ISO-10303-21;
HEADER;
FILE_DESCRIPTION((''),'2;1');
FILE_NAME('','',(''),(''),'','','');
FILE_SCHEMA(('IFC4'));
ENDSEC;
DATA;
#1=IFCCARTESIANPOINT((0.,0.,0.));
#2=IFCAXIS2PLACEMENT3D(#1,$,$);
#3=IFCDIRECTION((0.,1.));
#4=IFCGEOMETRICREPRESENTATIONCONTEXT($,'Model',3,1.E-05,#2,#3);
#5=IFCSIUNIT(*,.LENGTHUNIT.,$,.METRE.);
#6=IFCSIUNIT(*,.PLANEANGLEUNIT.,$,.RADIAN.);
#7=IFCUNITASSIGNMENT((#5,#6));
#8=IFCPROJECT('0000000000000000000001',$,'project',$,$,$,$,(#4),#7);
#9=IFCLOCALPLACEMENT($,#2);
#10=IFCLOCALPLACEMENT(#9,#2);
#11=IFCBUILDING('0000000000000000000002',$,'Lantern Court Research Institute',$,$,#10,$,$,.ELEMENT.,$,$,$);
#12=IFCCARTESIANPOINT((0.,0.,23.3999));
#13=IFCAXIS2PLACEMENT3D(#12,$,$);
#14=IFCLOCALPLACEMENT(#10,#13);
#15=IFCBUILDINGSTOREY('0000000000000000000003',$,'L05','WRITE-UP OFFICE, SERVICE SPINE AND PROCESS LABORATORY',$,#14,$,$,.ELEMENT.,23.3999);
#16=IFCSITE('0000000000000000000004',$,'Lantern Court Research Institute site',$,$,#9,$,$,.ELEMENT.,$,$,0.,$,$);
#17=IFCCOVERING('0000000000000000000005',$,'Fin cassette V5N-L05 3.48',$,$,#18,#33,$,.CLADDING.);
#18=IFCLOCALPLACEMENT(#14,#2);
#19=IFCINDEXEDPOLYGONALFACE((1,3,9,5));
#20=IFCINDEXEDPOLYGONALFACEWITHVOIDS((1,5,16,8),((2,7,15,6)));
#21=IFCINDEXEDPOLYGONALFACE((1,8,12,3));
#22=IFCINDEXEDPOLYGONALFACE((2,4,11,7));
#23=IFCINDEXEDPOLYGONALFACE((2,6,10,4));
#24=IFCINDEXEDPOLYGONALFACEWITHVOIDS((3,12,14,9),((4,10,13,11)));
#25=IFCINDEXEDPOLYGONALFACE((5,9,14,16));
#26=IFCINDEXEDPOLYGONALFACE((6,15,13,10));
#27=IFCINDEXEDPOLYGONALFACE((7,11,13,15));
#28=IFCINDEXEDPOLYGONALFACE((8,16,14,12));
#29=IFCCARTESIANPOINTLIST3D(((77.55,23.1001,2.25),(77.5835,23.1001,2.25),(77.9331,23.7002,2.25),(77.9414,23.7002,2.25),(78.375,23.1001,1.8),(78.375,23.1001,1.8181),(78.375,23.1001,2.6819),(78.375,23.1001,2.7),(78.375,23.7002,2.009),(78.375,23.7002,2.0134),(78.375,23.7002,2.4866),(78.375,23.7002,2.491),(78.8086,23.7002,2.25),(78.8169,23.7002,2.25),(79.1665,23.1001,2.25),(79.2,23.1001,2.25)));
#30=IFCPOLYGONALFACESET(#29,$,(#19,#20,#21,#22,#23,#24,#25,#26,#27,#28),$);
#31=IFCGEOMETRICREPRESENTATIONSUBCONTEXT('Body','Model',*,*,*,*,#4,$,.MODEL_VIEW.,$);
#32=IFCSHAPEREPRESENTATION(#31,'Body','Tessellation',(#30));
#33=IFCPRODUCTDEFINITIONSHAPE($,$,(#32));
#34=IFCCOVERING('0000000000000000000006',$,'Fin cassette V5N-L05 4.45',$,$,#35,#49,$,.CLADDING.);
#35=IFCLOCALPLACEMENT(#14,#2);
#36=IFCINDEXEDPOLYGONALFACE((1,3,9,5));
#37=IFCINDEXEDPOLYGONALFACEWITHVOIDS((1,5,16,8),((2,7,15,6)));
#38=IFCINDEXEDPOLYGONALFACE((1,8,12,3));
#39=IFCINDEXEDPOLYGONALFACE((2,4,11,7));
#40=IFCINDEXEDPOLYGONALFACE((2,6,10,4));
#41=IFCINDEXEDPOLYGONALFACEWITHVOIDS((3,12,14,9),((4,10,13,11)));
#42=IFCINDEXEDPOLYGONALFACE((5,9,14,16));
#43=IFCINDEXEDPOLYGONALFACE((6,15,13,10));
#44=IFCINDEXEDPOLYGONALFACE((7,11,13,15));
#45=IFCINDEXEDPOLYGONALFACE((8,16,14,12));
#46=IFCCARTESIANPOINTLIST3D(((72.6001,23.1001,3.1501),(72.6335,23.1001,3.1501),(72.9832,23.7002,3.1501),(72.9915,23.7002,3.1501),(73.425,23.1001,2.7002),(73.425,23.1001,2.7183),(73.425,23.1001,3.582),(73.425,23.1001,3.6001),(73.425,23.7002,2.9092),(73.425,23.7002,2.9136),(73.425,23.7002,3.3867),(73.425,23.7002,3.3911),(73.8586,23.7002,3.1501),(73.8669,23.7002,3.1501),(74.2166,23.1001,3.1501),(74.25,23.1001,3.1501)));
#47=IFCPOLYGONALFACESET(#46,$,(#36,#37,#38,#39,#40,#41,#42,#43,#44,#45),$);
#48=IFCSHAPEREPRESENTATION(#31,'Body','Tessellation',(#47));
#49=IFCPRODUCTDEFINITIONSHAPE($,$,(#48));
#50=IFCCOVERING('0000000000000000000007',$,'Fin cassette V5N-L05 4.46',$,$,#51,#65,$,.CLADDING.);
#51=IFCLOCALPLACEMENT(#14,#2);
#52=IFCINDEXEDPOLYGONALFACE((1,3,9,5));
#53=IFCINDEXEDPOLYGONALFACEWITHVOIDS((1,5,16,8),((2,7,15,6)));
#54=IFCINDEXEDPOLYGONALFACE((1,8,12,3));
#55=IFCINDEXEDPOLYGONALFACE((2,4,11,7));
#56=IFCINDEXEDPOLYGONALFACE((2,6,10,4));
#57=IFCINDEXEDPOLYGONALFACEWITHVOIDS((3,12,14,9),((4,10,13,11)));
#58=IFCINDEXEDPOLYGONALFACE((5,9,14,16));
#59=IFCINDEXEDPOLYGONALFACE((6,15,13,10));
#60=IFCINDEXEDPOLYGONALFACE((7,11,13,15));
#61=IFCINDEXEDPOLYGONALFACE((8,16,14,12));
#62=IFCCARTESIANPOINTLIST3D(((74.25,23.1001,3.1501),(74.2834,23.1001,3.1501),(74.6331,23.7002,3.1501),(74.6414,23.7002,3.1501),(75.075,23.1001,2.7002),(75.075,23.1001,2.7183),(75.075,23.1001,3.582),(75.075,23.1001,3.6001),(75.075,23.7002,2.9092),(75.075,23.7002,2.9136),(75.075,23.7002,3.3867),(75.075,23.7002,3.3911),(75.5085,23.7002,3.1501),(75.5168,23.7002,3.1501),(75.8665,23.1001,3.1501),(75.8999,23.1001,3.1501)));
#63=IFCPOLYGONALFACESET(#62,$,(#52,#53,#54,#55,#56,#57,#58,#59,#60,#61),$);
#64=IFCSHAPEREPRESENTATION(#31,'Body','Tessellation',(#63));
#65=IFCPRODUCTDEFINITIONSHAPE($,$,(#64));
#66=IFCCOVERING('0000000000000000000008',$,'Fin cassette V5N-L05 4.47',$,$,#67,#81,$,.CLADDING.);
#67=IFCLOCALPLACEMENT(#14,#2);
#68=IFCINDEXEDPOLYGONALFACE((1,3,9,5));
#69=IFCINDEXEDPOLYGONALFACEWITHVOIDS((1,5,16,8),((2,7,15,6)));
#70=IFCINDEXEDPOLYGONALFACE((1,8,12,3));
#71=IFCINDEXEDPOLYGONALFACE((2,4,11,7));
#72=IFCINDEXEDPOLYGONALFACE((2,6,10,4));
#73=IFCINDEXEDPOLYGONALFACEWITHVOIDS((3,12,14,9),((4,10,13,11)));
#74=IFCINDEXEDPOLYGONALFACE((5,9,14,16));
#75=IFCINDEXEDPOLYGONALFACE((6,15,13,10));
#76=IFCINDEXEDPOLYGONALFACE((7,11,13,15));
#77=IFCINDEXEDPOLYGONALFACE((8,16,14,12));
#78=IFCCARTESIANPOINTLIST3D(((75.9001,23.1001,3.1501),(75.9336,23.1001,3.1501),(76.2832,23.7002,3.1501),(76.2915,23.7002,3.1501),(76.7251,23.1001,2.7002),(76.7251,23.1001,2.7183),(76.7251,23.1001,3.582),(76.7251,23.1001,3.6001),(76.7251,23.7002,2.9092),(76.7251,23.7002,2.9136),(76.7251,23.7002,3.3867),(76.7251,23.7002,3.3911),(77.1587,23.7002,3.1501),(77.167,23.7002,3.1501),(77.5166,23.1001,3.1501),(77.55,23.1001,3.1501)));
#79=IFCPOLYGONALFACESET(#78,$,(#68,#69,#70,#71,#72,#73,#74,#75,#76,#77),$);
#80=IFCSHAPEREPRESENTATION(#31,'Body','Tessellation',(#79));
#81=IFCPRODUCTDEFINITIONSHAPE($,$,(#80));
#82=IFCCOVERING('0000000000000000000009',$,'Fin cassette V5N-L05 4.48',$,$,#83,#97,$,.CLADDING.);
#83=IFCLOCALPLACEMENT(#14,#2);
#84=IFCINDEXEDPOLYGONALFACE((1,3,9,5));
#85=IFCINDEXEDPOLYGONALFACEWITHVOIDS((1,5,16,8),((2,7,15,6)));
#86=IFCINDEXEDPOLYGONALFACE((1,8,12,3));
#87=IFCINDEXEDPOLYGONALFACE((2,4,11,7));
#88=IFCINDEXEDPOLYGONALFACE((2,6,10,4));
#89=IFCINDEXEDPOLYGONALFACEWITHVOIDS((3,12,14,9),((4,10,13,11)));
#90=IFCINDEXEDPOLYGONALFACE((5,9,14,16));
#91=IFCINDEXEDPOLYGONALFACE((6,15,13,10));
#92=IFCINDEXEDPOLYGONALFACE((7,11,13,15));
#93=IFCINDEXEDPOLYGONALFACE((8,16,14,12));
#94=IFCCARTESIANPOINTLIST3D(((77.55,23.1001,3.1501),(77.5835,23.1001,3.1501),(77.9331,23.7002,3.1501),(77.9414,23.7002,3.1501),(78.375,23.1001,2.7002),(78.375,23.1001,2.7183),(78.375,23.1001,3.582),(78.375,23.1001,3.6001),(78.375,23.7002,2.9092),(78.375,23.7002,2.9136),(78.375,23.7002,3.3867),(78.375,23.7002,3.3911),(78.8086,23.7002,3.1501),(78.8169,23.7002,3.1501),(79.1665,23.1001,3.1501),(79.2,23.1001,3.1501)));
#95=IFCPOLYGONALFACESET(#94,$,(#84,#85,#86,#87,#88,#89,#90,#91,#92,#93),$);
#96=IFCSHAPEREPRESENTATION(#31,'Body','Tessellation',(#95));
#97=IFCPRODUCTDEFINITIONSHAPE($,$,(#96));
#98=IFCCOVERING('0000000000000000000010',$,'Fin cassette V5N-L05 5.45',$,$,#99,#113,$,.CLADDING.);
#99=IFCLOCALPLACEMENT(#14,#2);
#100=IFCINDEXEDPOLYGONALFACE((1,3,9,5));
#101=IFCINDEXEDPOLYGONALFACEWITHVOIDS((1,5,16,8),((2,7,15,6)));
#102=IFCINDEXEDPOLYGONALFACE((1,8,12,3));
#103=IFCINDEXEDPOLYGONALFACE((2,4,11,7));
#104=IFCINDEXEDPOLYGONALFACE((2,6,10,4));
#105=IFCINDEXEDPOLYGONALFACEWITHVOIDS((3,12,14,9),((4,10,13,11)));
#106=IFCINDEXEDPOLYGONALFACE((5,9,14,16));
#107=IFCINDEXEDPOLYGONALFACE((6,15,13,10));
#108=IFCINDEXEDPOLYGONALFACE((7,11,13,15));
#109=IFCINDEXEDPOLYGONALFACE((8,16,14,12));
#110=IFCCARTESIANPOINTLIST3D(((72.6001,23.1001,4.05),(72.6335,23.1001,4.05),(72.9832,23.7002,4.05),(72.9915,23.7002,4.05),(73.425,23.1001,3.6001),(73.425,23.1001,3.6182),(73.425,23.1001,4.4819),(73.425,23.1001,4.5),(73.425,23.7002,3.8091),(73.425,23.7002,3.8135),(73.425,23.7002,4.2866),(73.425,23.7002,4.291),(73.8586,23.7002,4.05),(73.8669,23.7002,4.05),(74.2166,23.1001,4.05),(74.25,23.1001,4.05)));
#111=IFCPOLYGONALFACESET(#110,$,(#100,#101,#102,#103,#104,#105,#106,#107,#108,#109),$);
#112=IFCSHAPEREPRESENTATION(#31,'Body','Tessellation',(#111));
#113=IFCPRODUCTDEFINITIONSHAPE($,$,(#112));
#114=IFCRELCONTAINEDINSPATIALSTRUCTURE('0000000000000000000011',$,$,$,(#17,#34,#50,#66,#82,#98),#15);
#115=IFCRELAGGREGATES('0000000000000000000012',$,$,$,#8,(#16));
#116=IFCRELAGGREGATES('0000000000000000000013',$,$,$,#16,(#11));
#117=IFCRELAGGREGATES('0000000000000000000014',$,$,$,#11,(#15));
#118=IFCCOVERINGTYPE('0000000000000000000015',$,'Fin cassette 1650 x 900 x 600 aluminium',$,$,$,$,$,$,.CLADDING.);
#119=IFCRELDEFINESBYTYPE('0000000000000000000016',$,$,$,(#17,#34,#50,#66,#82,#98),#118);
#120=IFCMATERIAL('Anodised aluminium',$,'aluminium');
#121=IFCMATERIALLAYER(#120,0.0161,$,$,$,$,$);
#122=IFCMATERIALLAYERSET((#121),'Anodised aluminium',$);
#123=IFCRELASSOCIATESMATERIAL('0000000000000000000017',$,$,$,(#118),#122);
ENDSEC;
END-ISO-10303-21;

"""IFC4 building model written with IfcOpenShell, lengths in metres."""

from ifc_helpers import new_model, entity, si_unit, direction, frame, origin, place, context, subcontext, project, spatial, material, layer, layer_set, type_object, element, save


model = new_model("IFC4")

# Units and contexts
model_context = context("Model", 3, precision=1e-05, world=origin(), true_north=direction((0.0, 1.0)))
body_context = subcontext(model_context, "Body", "Model", "MODEL_VIEW")
ifc_project = project(units=[si_unit("LENGTHUNIT", "METRE"), si_unit("PLANEANGLEUNIT", "RADIAN")], contexts=[model_context])

# Site, building, storey
site_placement = place(None, origin())
site = spatial("IfcSite", under=ifc_project, at=site_placement, Name="Lantern Court Research Institute site", CompositionType="ELEMENT", RefElevation=0.0)
building_placement = place(site_placement, origin())
building = spatial("IfcBuilding", under=site, at=building_placement, Name="Lantern Court Research Institute", CompositionType="ELEMENT")
storey_placement = place(building_placement, frame((0.0, 0.0, 23.3999)))
storey = spatial("IfcBuildingStorey", under=building, at=storey_placement, Name="L05", Description="WRITE-UP OFFICE, SERVICE SPINE AND PROCESS LABORATORY", CompositionType="ELEMENT", Elevation=23.3999)

# Coverings
ifc_material = material(Name="Anodised aluminium", Category="aluminium")
ifc_layer = layer(ifc_material, 0.0161)
ifc_layer_set = layer_set([ifc_layer], Name="Anodised aluminium")
covering_type = type_object("IfcCoveringType", Name="Fin cassette 1650 x 900 x 600 aluminium", PredefinedType="CLADDING", material=ifc_layer_set)
covering_1_placement = place(storey_placement, frame((78.375, 23.1001, 2.25), z_axis=(0.0, 1.0, 0.0), x_axis=(-1.0, 0.0, 0.0)))
cartesian_point_1 = entity("IfcCartesianPoint", [0.825, 0.0])
cartesian_point_2 = entity("IfcCartesianPoint", [0.7915, 0.0])
cartesian_point_3 = entity("IfcCartesianPoint", [0.4419, 0.0])
cartesian_point_4 = entity("IfcCartesianPoint", [0.4336, 0.0])
element("IfcCovering", 1, at=covering_1_placement, inside=storey, type_object=covering_type, Name="Fin cassette V5N-L05 3.48", PredefinedType="CLADDING", context=body_context, shape_type="SweptSolid", body=[
    entity("IfcExtrudedAreaSolidTapered", entity("IfcArbitraryProfileDefWithVoids", "AREA", None, entity("IfcPolyline", [cartesian_point_1, entity("IfcCartesianPoint", [0.0, 0.45]), entity("IfcCartesianPoint", [-0.825, 0.0]), entity("IfcCartesianPoint", [0.0, -0.45]), cartesian_point_1]), [entity("IfcPolyline", [cartesian_point_2, entity("IfcCartesianPoint", [0.0, 0.4319]), entity("IfcCartesianPoint", [-0.7915, 0.0]), entity("IfcCartesianPoint", [0.0, -0.4319]), cartesian_point_2])]), entity("IfcAxis2Placement3D", entity("IfcCartesianPoint", [0.0, 0.0, 0.0])), entity("IfcDirection", [0.0, 0.0, 1.0]), 0.6001, entity("IfcArbitraryProfileDefWithVoids", "AREA", None, entity("IfcPolyline", [cartesian_point_3, entity("IfcCartesianPoint", [0.0, 0.241]), entity("IfcCartesianPoint", [-0.4419, 0.0]), entity("IfcCartesianPoint", [0.0, -0.241]), cartesian_point_3]), [entity("IfcPolyline", [cartesian_point_4, entity("IfcCartesianPoint", [0.0, 0.2366]), entity("IfcCartesianPoint", [-0.4336, 0.0]), entity("IfcCartesianPoint", [0.0, -0.2366]), cartesian_point_4])])),
])
covering_2_placement = place(storey_placement, frame((73.425, 23.1001, 3.1501), z_axis=(0.0, 1.0, 0.0), x_axis=(-1.0, 0.0, 0.0)))
cartesian_point_5 = entity("IfcCartesianPoint", [0.825, 0.0])
cartesian_point_6 = entity("IfcCartesianPoint", [0.7915, 0.0])
cartesian_point_7 = entity("IfcCartesianPoint", [0.4419, 0.0])
cartesian_point_8 = entity("IfcCartesianPoint", [0.4336, 0.0])
element("IfcCovering", 2, at=covering_2_placement, inside=storey, type_object=covering_type, Name="Fin cassette V5N-L05 4.45", PredefinedType="CLADDING", context=body_context, shape_type="SweptSolid", body=[
    entity("IfcExtrudedAreaSolidTapered", entity("IfcArbitraryProfileDefWithVoids", "AREA", None, entity("IfcPolyline", [cartesian_point_5, entity("IfcCartesianPoint", [0.0, 0.45]), entity("IfcCartesianPoint", [-0.825, 0.0]), entity("IfcCartesianPoint", [0.0, -0.45]), cartesian_point_5]), [entity("IfcPolyline", [cartesian_point_6, entity("IfcCartesianPoint", [0.0, 0.4319]), entity("IfcCartesianPoint", [-0.7915, 0.0]), entity("IfcCartesianPoint", [0.0, -0.4319]), cartesian_point_6])]), entity("IfcAxis2Placement3D", entity("IfcCartesianPoint", [0.0, 0.0, 0.0])), entity("IfcDirection", [0.0, 0.0, 1.0]), 0.6001, entity("IfcArbitraryProfileDefWithVoids", "AREA", None, entity("IfcPolyline", [cartesian_point_7, entity("IfcCartesianPoint", [0.0, 0.241]), entity("IfcCartesianPoint", [-0.4419, 0.0]), entity("IfcCartesianPoint", [0.0, -0.241]), cartesian_point_7]), [entity("IfcPolyline", [cartesian_point_8, entity("IfcCartesianPoint", [0.0, 0.2366]), entity("IfcCartesianPoint", [-0.4336, 0.0]), entity("IfcCartesianPoint", [0.0, -0.2366]), cartesian_point_8])])),
])
covering_3_placement = place(storey_placement, frame((75.075, 23.1001, 3.1501), z_axis=(0.0, 1.0, 0.0), x_axis=(-1.0, 0.0, 0.0)))
cartesian_point_9 = entity("IfcCartesianPoint", [0.825, 0.0])
cartesian_point_10 = entity("IfcCartesianPoint", [0.7915, 0.0])
cartesian_point_11 = entity("IfcCartesianPoint", [0.4419, 0.0])
cartesian_point_12 = entity("IfcCartesianPoint", [0.4336, 0.0])
element("IfcCovering", 3, at=covering_3_placement, inside=storey, type_object=covering_type, Name="Fin cassette V5N-L05 4.46", PredefinedType="CLADDING", context=body_context, shape_type="SweptSolid", body=[
    entity("IfcExtrudedAreaSolidTapered", entity("IfcArbitraryProfileDefWithVoids", "AREA", None, entity("IfcPolyline", [cartesian_point_9, entity("IfcCartesianPoint", [0.0, 0.45]), entity("IfcCartesianPoint", [-0.825, 0.0]), entity("IfcCartesianPoint", [0.0, -0.45]), cartesian_point_9]), [entity("IfcPolyline", [cartesian_point_10, entity("IfcCartesianPoint", [0.0, 0.4319]), entity("IfcCartesianPoint", [-0.7915, 0.0]), entity("IfcCartesianPoint", [0.0, -0.4319]), cartesian_point_10])]), entity("IfcAxis2Placement3D", entity("IfcCartesianPoint", [0.0, 0.0, 0.0])), entity("IfcDirection", [0.0, 0.0, 1.0]), 0.6001, entity("IfcArbitraryProfileDefWithVoids", "AREA", None, entity("IfcPolyline", [cartesian_point_11, entity("IfcCartesianPoint", [0.0, 0.241]), entity("IfcCartesianPoint", [-0.4419, 0.0]), entity("IfcCartesianPoint", [0.0, -0.241]), cartesian_point_11]), [entity("IfcPolyline", [cartesian_point_12, entity("IfcCartesianPoint", [0.0, 0.2366]), entity("IfcCartesianPoint", [-0.4336, 0.0]), entity("IfcCartesianPoint", [0.0, -0.2366]), cartesian_point_12])])),
])
covering_4_placement = place(storey_placement, frame((76.7251, 23.1001, 3.1501), z_axis=(0.0, 1.0, 0.0), x_axis=(-1.0, 0.0, 0.0)))
cartesian_point_13 = entity("IfcCartesianPoint", [0.825, 0.0])
cartesian_point_14 = entity("IfcCartesianPoint", [0.7915, 0.0])
cartesian_point_15 = entity("IfcCartesianPoint", [0.4419, 0.0])
cartesian_point_16 = entity("IfcCartesianPoint", [0.4336, 0.0])
element("IfcCovering", 4, at=covering_4_placement, inside=storey, type_object=covering_type, Name="Fin cassette V5N-L05 4.47", PredefinedType="CLADDING", context=body_context, shape_type="SweptSolid", body=[
    entity("IfcExtrudedAreaSolidTapered", entity("IfcArbitraryProfileDefWithVoids", "AREA", None, entity("IfcPolyline", [cartesian_point_13, entity("IfcCartesianPoint", [0.0, 0.45]), entity("IfcCartesianPoint", [-0.825, 0.0]), entity("IfcCartesianPoint", [0.0, -0.45]), cartesian_point_13]), [entity("IfcPolyline", [cartesian_point_14, entity("IfcCartesianPoint", [0.0, 0.4319]), entity("IfcCartesianPoint", [-0.7915, 0.0]), entity("IfcCartesianPoint", [0.0, -0.4319]), cartesian_point_14])]), entity("IfcAxis2Placement3D", entity("IfcCartesianPoint", [0.0, 0.0, 0.0])), entity("IfcDirection", [0.0, 0.0, 1.0]), 0.6001, entity("IfcArbitraryProfileDefWithVoids", "AREA", None, entity("IfcPolyline", [cartesian_point_15, entity("IfcCartesianPoint", [0.0, 0.241]), entity("IfcCartesianPoint", [-0.4419, 0.0]), entity("IfcCartesianPoint", [0.0, -0.241]), cartesian_point_15]), [entity("IfcPolyline", [cartesian_point_16, entity("IfcCartesianPoint", [0.0, 0.2366]), entity("IfcCartesianPoint", [-0.4336, 0.0]), entity("IfcCartesianPoint", [0.0, -0.2366]), cartesian_point_16])])),
])
covering_5_placement = place(storey_placement, frame((78.375, 23.1001, 3.1501), z_axis=(0.0, 1.0, 0.0), x_axis=(-1.0, 0.0, 0.0)))
cartesian_point_17 = entity("IfcCartesianPoint", [0.825, 0.0])
cartesian_point_18 = entity("IfcCartesianPoint", [0.7915, 0.0])
cartesian_point_19 = entity("IfcCartesianPoint", [0.4419, 0.0])
cartesian_point_20 = entity("IfcCartesianPoint", [0.4336, 0.0])
element("IfcCovering", 5, at=covering_5_placement, inside=storey, type_object=covering_type, Name="Fin cassette V5N-L05 4.48", PredefinedType="CLADDING", context=body_context, shape_type="SweptSolid", body=[
    entity("IfcExtrudedAreaSolidTapered", entity("IfcArbitraryProfileDefWithVoids", "AREA", None, entity("IfcPolyline", [cartesian_point_17, entity("IfcCartesianPoint", [0.0, 0.45]), entity("IfcCartesianPoint", [-0.825, 0.0]), entity("IfcCartesianPoint", [0.0, -0.45]), cartesian_point_17]), [entity("IfcPolyline", [cartesian_point_18, entity("IfcCartesianPoint", [0.0, 0.4319]), entity("IfcCartesianPoint", [-0.7915, 0.0]), entity("IfcCartesianPoint", [0.0, -0.4319]), cartesian_point_18])]), entity("IfcAxis2Placement3D", entity("IfcCartesianPoint", [0.0, 0.0, 0.0])), entity("IfcDirection", [0.0, 0.0, 1.0]), 0.6001, entity("IfcArbitraryProfileDefWithVoids", "AREA", None, entity("IfcPolyline", [cartesian_point_19, entity("IfcCartesianPoint", [0.0, 0.241]), entity("IfcCartesianPoint", [-0.4419, 0.0]), entity("IfcCartesianPoint", [0.0, -0.241]), cartesian_point_19]), [entity("IfcPolyline", [cartesian_point_20, entity("IfcCartesianPoint", [0.0, 0.2366]), entity("IfcCartesianPoint", [-0.4336, 0.0]), entity("IfcCartesianPoint", [0.0, -0.2366]), cartesian_point_20])])),
])
covering_6_placement = place(storey_placement, frame((73.425, 23.1001, 4.05), z_axis=(0.0, 1.0, 0.0), x_axis=(-1.0, 0.0, 0.0)))
cartesian_point_21 = entity("IfcCartesianPoint", [0.825, 0.0])
cartesian_point_22 = entity("IfcCartesianPoint", [0.7915, 0.0])
cartesian_point_23 = entity("IfcCartesianPoint", [0.4419, 0.0])
cartesian_point_24 = entity("IfcCartesianPoint", [0.4336, 0.0])
element("IfcCovering", 6, at=covering_6_placement, inside=storey, type_object=covering_type, Name="Fin cassette V5N-L05 5.45", PredefinedType="CLADDING", context=body_context, shape_type="SweptSolid", body=[
    entity("IfcExtrudedAreaSolidTapered", entity("IfcArbitraryProfileDefWithVoids", "AREA", None, entity("IfcPolyline", [cartesian_point_21, entity("IfcCartesianPoint", [0.0, 0.45]), entity("IfcCartesianPoint", [-0.825, 0.0]), entity("IfcCartesianPoint", [0.0, -0.45]), cartesian_point_21]), [entity("IfcPolyline", [cartesian_point_22, entity("IfcCartesianPoint", [0.0, 0.4319]), entity("IfcCartesianPoint", [-0.7915, 0.0]), entity("IfcCartesianPoint", [0.0, -0.4319]), cartesian_point_22])]), entity("IfcAxis2Placement3D", entity("IfcCartesianPoint", [0.0, 0.0, 0.0])), entity("IfcDirection", [0.0, 0.0, 1.0]), 0.6001, entity("IfcArbitraryProfileDefWithVoids", "AREA", None, entity("IfcPolyline", [cartesian_point_23, entity("IfcCartesianPoint", [0.0, 0.241]), entity("IfcCartesianPoint", [-0.4419, 0.0]), entity("IfcCartesianPoint", [0.0, -0.241]), cartesian_point_23]), [entity("IfcPolyline", [cartesian_point_24, entity("IfcCartesianPoint", [0.0, 0.2366]), entity("IfcCartesianPoint", [-0.4336, 0.0]), entity("IfcCartesianPoint", [0.0, -0.2366]), cartesian_point_24])])),
])

save(model, "model.ifc")
